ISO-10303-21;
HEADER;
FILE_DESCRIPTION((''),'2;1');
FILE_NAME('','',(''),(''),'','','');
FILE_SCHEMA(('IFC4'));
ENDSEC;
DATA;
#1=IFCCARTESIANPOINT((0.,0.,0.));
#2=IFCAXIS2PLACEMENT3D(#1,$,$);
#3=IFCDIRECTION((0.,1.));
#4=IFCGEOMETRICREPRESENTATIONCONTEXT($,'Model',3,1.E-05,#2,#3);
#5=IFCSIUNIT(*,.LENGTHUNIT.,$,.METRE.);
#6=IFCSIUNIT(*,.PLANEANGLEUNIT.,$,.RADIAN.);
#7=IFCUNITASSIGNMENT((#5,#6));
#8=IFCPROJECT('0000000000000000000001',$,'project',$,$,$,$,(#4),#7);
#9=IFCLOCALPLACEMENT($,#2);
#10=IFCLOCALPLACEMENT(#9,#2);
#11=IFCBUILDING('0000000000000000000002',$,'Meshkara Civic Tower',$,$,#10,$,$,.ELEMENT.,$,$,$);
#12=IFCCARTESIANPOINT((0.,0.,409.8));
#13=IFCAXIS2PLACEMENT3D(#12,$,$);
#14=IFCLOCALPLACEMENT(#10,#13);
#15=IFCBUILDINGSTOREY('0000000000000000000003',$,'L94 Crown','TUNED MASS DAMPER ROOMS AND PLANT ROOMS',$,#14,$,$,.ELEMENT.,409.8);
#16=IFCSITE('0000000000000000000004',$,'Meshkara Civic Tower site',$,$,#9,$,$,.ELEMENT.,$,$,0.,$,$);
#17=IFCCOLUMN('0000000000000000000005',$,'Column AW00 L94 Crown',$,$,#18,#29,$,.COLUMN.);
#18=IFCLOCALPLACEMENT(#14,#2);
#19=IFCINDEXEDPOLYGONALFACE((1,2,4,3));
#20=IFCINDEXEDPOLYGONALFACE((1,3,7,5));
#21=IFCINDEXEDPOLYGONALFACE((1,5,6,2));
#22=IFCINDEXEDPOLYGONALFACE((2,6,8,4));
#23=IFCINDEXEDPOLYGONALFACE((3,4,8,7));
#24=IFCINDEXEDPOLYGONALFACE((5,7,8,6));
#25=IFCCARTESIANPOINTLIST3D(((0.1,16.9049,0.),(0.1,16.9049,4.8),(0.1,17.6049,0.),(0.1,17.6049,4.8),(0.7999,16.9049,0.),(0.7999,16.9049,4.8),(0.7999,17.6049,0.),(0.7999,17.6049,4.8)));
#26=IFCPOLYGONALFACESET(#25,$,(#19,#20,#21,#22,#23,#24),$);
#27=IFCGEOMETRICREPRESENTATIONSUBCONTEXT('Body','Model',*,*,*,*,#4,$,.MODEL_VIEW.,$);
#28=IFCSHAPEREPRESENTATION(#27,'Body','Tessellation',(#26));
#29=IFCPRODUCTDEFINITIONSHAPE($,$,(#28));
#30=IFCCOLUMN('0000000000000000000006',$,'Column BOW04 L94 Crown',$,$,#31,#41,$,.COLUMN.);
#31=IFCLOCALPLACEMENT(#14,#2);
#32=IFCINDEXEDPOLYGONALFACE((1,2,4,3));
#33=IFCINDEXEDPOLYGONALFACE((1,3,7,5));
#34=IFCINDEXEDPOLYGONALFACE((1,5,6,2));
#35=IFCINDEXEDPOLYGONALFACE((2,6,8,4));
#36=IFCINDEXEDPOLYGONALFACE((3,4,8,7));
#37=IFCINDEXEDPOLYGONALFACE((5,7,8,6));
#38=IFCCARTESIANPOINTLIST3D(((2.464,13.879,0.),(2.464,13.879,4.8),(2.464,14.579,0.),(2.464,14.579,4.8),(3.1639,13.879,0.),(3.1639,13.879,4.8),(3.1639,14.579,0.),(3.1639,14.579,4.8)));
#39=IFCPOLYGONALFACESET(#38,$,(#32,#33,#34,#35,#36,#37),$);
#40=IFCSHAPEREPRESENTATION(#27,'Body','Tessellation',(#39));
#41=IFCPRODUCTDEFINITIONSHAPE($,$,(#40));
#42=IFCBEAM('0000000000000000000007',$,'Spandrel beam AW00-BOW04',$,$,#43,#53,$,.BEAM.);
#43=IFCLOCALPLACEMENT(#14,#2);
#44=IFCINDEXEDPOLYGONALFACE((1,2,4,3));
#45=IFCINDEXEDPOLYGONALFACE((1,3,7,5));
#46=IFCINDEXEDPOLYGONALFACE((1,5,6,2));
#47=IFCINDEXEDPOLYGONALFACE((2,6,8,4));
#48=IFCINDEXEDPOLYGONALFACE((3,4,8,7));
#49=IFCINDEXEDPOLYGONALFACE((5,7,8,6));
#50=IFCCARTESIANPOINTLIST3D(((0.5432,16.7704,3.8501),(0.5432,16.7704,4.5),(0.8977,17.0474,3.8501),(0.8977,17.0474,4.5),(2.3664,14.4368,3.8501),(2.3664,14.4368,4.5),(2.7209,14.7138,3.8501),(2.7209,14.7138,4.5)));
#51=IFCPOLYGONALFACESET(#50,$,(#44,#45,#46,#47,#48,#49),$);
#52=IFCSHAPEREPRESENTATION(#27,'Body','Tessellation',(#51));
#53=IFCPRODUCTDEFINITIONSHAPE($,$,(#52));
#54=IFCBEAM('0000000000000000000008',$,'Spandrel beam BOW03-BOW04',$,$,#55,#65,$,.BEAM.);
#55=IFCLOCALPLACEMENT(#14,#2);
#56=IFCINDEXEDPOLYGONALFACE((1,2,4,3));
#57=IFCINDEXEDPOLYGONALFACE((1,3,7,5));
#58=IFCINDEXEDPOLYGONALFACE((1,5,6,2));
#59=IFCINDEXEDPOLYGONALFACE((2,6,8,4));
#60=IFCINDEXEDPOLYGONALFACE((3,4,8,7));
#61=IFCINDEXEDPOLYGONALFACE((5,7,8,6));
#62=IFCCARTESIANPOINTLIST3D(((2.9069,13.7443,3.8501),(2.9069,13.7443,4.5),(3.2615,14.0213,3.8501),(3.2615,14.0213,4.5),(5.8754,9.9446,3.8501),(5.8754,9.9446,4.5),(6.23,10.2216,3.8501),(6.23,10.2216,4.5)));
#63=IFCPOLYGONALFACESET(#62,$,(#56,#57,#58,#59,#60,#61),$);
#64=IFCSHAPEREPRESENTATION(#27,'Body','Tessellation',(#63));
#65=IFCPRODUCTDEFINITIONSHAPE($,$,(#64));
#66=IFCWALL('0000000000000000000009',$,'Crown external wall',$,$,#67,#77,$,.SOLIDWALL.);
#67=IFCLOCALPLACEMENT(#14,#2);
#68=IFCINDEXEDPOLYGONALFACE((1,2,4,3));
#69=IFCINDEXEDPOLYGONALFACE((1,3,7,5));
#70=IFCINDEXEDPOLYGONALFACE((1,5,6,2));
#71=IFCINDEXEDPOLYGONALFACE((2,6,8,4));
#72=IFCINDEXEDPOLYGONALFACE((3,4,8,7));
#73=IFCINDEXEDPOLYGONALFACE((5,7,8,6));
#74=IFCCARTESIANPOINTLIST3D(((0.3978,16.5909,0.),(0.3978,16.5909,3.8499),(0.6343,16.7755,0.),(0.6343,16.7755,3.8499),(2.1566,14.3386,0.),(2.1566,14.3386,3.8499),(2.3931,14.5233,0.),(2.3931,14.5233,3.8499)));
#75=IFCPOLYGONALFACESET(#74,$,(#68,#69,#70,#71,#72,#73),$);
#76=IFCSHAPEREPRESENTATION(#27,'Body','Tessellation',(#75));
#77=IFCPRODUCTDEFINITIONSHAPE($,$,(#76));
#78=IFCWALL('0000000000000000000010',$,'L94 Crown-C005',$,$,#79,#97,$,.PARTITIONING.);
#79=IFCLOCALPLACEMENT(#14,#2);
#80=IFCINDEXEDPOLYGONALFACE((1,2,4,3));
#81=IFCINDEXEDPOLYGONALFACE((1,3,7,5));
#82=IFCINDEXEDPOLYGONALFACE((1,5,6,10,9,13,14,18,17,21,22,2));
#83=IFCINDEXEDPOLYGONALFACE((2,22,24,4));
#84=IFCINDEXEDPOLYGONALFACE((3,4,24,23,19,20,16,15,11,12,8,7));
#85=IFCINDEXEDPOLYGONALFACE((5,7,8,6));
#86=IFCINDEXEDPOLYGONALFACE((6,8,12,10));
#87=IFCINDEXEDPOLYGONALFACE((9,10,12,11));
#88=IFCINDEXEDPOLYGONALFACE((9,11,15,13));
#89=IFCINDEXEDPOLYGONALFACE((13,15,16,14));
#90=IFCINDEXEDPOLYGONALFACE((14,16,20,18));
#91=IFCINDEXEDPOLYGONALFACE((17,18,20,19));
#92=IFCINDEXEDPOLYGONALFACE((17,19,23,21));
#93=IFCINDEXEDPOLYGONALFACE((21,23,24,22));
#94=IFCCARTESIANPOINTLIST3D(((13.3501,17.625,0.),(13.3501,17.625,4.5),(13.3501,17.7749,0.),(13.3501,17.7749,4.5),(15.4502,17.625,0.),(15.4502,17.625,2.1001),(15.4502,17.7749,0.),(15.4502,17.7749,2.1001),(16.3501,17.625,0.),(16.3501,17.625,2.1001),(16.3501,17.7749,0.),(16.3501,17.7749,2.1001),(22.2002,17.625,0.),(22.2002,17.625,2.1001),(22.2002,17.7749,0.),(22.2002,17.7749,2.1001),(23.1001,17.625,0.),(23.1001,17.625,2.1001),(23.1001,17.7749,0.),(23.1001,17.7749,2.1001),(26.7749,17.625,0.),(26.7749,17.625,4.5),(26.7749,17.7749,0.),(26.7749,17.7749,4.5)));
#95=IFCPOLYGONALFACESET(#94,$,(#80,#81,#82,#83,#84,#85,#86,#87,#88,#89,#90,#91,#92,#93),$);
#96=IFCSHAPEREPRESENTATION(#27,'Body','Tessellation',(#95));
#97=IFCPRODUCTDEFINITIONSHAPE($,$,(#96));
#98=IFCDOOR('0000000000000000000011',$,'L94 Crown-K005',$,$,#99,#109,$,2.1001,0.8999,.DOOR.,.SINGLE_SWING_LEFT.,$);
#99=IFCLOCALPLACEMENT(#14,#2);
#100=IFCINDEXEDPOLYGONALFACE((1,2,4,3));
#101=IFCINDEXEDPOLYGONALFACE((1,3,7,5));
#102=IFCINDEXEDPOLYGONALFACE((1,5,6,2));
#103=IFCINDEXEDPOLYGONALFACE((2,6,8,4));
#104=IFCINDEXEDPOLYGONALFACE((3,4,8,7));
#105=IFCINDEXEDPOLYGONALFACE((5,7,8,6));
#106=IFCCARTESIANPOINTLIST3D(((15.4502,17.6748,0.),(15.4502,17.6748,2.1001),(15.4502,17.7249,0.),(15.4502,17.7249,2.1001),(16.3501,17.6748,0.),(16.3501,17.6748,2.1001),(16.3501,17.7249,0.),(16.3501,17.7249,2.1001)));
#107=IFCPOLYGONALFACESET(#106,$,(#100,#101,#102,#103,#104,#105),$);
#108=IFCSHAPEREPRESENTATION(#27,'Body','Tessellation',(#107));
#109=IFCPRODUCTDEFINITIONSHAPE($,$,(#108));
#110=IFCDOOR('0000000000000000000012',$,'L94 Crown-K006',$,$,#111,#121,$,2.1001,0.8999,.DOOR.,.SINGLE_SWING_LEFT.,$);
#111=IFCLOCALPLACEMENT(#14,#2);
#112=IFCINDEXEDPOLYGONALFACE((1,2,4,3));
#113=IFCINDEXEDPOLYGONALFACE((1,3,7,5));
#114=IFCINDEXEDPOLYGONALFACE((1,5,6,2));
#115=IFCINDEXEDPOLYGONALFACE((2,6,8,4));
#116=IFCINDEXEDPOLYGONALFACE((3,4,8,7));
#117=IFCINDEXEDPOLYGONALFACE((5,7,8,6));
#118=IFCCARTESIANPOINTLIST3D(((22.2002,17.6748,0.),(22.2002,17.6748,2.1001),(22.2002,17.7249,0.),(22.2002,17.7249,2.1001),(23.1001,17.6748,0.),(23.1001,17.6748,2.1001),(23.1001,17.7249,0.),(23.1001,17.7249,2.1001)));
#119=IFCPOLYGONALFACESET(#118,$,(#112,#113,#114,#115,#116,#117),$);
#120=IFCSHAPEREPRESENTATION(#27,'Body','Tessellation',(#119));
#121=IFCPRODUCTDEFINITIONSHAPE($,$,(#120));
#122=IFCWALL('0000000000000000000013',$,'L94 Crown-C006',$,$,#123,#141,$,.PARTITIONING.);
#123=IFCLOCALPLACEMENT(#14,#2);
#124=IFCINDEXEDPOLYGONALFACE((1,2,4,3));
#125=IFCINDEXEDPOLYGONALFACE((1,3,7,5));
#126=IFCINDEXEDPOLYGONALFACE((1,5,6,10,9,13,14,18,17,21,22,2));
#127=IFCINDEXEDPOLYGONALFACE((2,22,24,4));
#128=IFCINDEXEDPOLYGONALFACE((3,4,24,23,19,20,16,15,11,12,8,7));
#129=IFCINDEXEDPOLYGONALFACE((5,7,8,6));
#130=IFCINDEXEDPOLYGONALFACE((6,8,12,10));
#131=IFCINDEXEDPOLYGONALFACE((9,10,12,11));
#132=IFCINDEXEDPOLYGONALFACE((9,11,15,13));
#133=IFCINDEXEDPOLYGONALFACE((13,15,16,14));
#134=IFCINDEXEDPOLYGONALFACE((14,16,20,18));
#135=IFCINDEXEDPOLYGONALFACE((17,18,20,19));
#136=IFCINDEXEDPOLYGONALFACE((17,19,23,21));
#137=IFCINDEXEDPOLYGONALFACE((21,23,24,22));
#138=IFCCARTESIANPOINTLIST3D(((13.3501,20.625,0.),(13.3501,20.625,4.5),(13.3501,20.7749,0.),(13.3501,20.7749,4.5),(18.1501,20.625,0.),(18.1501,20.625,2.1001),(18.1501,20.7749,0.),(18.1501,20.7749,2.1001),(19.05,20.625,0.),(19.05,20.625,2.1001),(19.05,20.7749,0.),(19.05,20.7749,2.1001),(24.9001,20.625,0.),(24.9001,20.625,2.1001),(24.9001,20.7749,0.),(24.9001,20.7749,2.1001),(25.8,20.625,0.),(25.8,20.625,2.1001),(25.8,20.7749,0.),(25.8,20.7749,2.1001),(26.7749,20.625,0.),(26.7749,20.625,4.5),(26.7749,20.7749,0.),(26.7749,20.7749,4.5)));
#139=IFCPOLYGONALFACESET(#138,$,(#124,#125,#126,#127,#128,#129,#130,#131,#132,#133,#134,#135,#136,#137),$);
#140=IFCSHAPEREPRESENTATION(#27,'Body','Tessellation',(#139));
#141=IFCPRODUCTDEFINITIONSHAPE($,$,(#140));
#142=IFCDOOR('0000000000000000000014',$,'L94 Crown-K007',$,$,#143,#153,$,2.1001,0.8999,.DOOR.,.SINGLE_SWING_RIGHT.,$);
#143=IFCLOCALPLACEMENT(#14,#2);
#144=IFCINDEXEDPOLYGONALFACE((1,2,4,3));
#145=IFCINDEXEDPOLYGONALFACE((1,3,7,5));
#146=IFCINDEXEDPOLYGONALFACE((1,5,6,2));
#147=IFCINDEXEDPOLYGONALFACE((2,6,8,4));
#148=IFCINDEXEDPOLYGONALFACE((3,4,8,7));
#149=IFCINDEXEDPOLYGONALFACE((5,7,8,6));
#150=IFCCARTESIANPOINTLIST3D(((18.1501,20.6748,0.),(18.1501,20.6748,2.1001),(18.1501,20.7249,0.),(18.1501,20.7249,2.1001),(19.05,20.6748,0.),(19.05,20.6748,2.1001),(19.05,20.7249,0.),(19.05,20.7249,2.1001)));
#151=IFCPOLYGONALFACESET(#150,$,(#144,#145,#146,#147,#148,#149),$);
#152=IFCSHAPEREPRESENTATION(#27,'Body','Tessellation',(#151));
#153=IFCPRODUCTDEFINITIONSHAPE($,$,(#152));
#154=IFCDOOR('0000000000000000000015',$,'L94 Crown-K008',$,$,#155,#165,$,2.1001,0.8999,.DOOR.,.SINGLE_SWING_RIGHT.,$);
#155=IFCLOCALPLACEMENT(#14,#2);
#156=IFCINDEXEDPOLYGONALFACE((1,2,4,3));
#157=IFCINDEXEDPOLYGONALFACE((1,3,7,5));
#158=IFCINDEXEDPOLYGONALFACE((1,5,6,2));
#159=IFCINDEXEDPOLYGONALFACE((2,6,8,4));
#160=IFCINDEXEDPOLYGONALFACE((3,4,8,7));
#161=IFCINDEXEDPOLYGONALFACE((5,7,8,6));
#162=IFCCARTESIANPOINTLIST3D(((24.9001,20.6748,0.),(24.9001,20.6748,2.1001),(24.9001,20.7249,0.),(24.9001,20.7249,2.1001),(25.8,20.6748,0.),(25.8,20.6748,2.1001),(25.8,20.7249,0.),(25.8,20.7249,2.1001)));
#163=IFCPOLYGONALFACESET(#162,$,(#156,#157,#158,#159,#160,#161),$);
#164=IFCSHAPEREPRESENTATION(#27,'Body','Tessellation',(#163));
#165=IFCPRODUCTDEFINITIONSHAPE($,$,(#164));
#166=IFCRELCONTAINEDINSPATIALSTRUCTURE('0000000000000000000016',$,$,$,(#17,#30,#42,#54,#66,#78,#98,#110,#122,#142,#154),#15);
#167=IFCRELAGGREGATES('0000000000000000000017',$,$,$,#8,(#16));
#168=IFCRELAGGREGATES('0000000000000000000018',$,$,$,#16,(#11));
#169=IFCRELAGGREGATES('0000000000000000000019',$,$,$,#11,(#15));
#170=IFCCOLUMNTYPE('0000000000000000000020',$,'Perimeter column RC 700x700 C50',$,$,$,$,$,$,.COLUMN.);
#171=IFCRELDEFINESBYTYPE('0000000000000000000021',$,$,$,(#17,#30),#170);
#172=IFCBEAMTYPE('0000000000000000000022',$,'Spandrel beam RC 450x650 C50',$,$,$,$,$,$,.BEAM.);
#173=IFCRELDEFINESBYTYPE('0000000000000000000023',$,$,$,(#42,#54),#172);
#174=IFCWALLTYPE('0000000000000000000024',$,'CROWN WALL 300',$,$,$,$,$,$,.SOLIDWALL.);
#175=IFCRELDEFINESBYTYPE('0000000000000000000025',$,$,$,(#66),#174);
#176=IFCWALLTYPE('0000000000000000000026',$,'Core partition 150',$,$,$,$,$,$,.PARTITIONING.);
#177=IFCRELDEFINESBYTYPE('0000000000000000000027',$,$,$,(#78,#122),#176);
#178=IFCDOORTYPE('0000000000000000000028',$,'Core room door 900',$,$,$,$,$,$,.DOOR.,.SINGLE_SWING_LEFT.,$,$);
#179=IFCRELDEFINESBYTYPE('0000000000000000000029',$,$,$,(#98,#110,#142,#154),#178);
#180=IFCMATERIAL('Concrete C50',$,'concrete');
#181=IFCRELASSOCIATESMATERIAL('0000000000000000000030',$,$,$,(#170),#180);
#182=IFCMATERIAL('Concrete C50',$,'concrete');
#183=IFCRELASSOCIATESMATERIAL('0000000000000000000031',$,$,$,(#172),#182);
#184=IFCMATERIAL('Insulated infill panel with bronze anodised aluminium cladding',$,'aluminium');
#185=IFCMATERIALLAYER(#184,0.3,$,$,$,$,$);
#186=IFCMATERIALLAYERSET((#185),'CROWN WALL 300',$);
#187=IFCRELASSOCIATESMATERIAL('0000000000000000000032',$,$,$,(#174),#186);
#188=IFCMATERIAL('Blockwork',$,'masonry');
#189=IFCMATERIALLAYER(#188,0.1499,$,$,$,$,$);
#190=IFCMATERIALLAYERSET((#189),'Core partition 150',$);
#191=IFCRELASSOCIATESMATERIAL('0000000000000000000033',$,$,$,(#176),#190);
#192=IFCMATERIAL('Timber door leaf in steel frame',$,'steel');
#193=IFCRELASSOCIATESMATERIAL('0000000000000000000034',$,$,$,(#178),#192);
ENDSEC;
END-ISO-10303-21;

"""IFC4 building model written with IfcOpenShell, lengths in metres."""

from ifc_helpers import new_model, si_unit, direction, frame, frame_2d, origin, origin_2d, place, context, subcontext, project, spatial, rectangle, extrude, material, layer, layer_set, material_profile, profile_set, type_object, element, fill, save


model = new_model("IFC4")

# Units and contexts
model_context = context("Model", 3, precision=1e-05, world=origin(), true_north=direction((0.0, 1.0)))
body_context = subcontext(model_context, "Body", "Model", "MODEL_VIEW")
ifc_project = project(units=[si_unit("LENGTHUNIT", "METRE"), si_unit("PLANEANGLEUNIT", "RADIAN")], contexts=[model_context])

# Site, building, storey
site_placement = place(None, origin())
site = spatial("IfcSite", under=ifc_project, at=site_placement, Name="Meshkara Civic Tower site", CompositionType="ELEMENT", RefElevation=0.0)
building_placement = place(site_placement, origin())
building = spatial("IfcBuilding", under=site, at=building_placement, Name="Meshkara Civic Tower", CompositionType="ELEMENT")
storey_placement = place(building_placement, frame((0.0, 0.0, 409.8)))
storey = spatial("IfcBuildingStorey", under=building, at=storey_placement, Name="L94 Crown", Description="TUNED MASS DAMPER ROOMS AND PLANT ROOMS", CompositionType="ELEMENT", Elevation=409.8)

# Columns
ifc_material_1 = material(Name="Concrete C50", Category="concrete")
ifc_material_profile_1 = material_profile(ifc_material_1, rectangle(XDim=0.7, YDim=0.7, at=origin_2d()))
ifc_profile_set_1 = profile_set([ifc_material_profile_1], Name="Concrete C50")
column_type = type_object("IfcColumnType", Name="Perimeter column RC 700x700 C50", PredefinedType="COLUMN", material=ifc_profile_set_1)
for number, where, z_axis, x_axis, name in (
    (1, (0.45, 17.2549, 0.0), (0.0, 0.0, 1.0), (1.0, 0.0, 0.0), "Column AW00 L94 Crown"),
    (2, (2.814, 14.229, 0.0), (0.0, 0.0, 1.0), (1.0, 0.0, 0.0), "Column BOW04 L94 Crown"),
):
    element("IfcColumn", number, at=place(storey_placement, frame(where, z_axis=z_axis, x_axis=x_axis)), inside=storey, type_object=column_type, Name=name, PredefinedType="COLUMN", context=body_context, shape_type="SweptSolid", body=[
        extrude(rectangle(XDim=0.7, YDim=0.7, at=origin_2d()), origin(), (0.0, 0.0, 1.0), 4.8),
    ])

# Beams
ifc_material_2 = material(Name="Concrete C50", Category="concrete")
ifc_material_profile_2 = material_profile(ifc_material_2, rectangle(XDim=0.45, YDim=0.6499, at=origin_2d()))
ifc_profile_set_2 = profile_set([ifc_material_profile_2], Name="Concrete C50")
beam_type = type_object("IfcBeamType", Name="Spandrel beam RC 450x650 C50", PredefinedType="BEAM", material=ifc_profile_set_2)
beam_1_placement = place(storey_placement, frame((0.7205, 16.9089, 4.175), z_axis=(0.615646, -0.788023, 0.0), x_axis=(0.788023, 0.615646, 0.0)))
element("IfcBeam", 3, at=beam_1_placement, inside=storey, type_object=beam_type, Name="Spandrel beam AW00-BOW04", PredefinedType="BEAM", context=body_context, shape_type="SweptSolid", body=[
    extrude(rectangle(XDim=0.45, YDim=0.6499, at=origin_2d()), origin(), (0.0, 0.0, 1.0), 2.9614),
])
beam_2_placement = place(storey_placement, frame((3.0842, 13.8828, 4.175), z_axis=(0.615632, -0.788034, 0.0), x_axis=(0.788034, 0.615632, 0.0)))
element("IfcBeam", 4, at=beam_2_placement, inside=storey, type_object=beam_type, Name="Spandrel beam BOW03-BOW04", PredefinedType="BEAM", context=body_context, shape_type="SweptSolid", body=[
    extrude(rectangle(XDim=0.45, YDim=0.6499, at=origin_2d()), origin(), (0.0, 0.0, 1.0), 4.8218),
])

# Wall
ifc_material_3 = material(Name="Insulated infill panel with bronze anodised aluminium cladding", Category="aluminium")
ifc_layer_1 = layer(ifc_material_3, 0.3)
ifc_layer_set_1 = layer_set([ifc_layer_1], Name="CROWN WALL 300")
wall_type_1 = type_object("IfcWallType", Name="CROWN WALL 300", PredefinedType="SOLIDWALL", material=ifc_layer_set_1)
wall_1_placement = place(storey_placement, frame((0.5161, 16.6831, 0.0), z_axis=(0.0, 0.0, 1.0), x_axis=(0.615483, -0.78815, 0.0)))
element("IfcWall", 5, at=wall_1_placement, inside=storey, type_object=wall_type_1, Name="Crown external wall", PredefinedType="SOLIDWALL", context=body_context, shape_type="SweptSolid", body=[
    extrude(rectangle(XDim=2.8577, YDim=0.3, at=frame_2d((1.4287, 0.0))), origin(), (0.0, 0.0, 1.0), 3.8499),
])

# Walls, openings, doors
ifc_material_4 = material(Name="Blockwork", Category="masonry")
ifc_layer_2 = layer(ifc_material_4, 0.1499)
ifc_layer_set_2 = layer_set([ifc_layer_2], Name="Core partition 150")
wall_type_2 = type_object("IfcWallType", Name="Core partition 150", PredefinedType="PARTITIONING", material=ifc_layer_set_2)
wall_2_placement = place(storey_placement, frame((13.3501, 17.7, 0.0), z_axis=(0.0, 0.0, 1.0), x_axis=(1.0, 0.0, 0.0)))
wall_2 = element("IfcWall", 6, at=wall_2_placement, inside=storey, type_object=wall_type_2, Name="L94 Crown-C005", PredefinedType="PARTITIONING", context=body_context, shape_type="SweptSolid", body=[
    extrude(rectangle(XDim=13.4248, YDim=0.1499, at=frame_2d((6.7124, 0.0))), origin(), (0.0, 0.0, 1.0), 4.5),
])
opening_1_placement = place(wall_2_placement, frame((2.1001, 0.0, 0.0)))
opening_1 = element("IfcOpeningElement", 7, at=opening_1_placement, cuts=wall_2, PredefinedType="OPENING", context=body_context, shape_type="SweptSolid", body=[
    extrude(rectangle(XDim=0.8999, YDim=2.1001, at=frame_2d((0.45, 1.05))), frame((0.0, 0.085, 0.0), z_axis=(0.0, -1.0, 0.0), x_axis=(1.0, 0.0, 0.0)), (0.0, 0.0, 1.0), 0.1699),
])
opening_2_placement = place(wall_2_placement, frame((8.8501, 0.0, 0.0)))
opening_2 = element("IfcOpeningElement", 8, at=opening_2_placement, cuts=wall_2, PredefinedType="OPENING", context=body_context, shape_type="SweptSolid", body=[
    extrude(rectangle(XDim=0.8999, YDim=2.1001, at=frame_2d((0.45, 1.05))), frame((0.0, 0.085, 0.0), z_axis=(0.0, -1.0, 0.0), x_axis=(1.0, 0.0, 0.0)), (0.0, 0.0, 1.0), 0.1699),
])
ifc_material_5 = material(Name="Timber door leaf in steel frame", Category="steel")
door_type_1 = type_object("IfcDoorType", Name="Core room door 900", OperationType="SINGLE_SWING_LEFT", PredefinedType="DOOR", material=ifc_material_5)
door_1_placement = place(opening_1_placement, origin())
door_1 = element("IfcDoor", 9, at=door_1_placement, inside=storey, type_object=door_type_1, Name="L94 Crown-K005", OperationType="SINGLE_SWING_LEFT", OverallHeight=2.1001, OverallWidth=0.8999, PredefinedType="DOOR", context=body_context, shape_type="SweptSolid", body=[
    extrude(rectangle(XDim=0.8999, YDim=2.1001, at=frame_2d((0.45, 1.05))), frame((0.0, 0.0249, 0.0), z_axis=(0.0, -1.0, 0.0), x_axis=(1.0, 0.0, 0.0)), (0.0, 0.0, 1.0), 0.05),
])
fill(opening_1, door_1)
door_2_placement = place(opening_2_placement, origin())
door_2 = element("IfcDoor", 10, at=door_2_placement, inside=storey, type_object=door_type_1, Name="L94 Crown-K006", OperationType="SINGLE_SWING_LEFT", OverallHeight=2.1001, OverallWidth=0.8999, PredefinedType="DOOR", context=body_context, shape_type="SweptSolid", body=[
    extrude(rectangle(XDim=0.8999, YDim=2.1001, at=frame_2d((0.45, 1.05))), frame((0.0, 0.0249, 0.0), z_axis=(0.0, -1.0, 0.0), x_axis=(1.0, 0.0, 0.0)), (0.0, 0.0, 1.0), 0.05),
])
fill(opening_2, door_2)
wall_3_placement = place(storey_placement, frame((13.3501, 20.7, 0.0), z_axis=(0.0, 0.0, 1.0), x_axis=(1.0, 0.0, 0.0)))
wall_3 = element("IfcWall", 11, at=wall_3_placement, inside=storey, type_object=wall_type_2, Name="L94 Crown-C006", PredefinedType="PARTITIONING", context=body_context, shape_type="SweptSolid", body=[
    extrude(rectangle(XDim=13.4248, YDim=0.1499, at=frame_2d((6.7124, 0.0))), origin(), (0.0, 0.0, 1.0), 4.5),
])
opening_3_placement = place(wall_3_placement, frame((4.8, 0.0, 0.0)))
opening_3 = element("IfcOpeningElement", 12, at=opening_3_placement, cuts=wall_3, PredefinedType="OPENING", context=body_context, shape_type="SweptSolid", body=[
    extrude(rectangle(XDim=0.8999, YDim=2.1001, at=frame_2d((0.45, 1.05))), frame((0.0, 0.085, 0.0), z_axis=(0.0, -1.0, 0.0), x_axis=(1.0, 0.0, 0.0)), (0.0, 0.0, 1.0), 0.1699),
])
opening_4_placement = place(wall_3_placement, frame((11.55, 0.0, 0.0)))
opening_4 = element("IfcOpeningElement", 13, at=opening_4_placement, cuts=wall_3, PredefinedType="OPENING", context=body_context, shape_type="SweptSolid", body=[
    extrude(rectangle(XDim=0.8999, YDim=2.1001, at=frame_2d((0.45, 1.05))), frame((0.0, 0.085, 0.0), z_axis=(0.0, -1.0, 0.0), x_axis=(1.0, 0.0, 0.0)), (0.0, 0.0, 1.0), 0.1699),
])
door_3_placement = place(opening_3_placement, origin())
door_3 = element("IfcDoor", 14, at=door_3_placement, inside=storey, type_object=door_type_1, Name="L94 Crown-K007", OperationType="SINGLE_SWING_RIGHT", OverallHeight=2.1001, OverallWidth=0.8999, PredefinedType="DOOR", context=body_context, shape_type="SweptSolid", body=[
    extrude(rectangle(XDim=0.8999, YDim=2.1001, at=frame_2d((0.45, 1.05))), frame((0.0, 0.0249, 0.0), z_axis=(0.0, -1.0, 0.0), x_axis=(1.0, 0.0, 0.0)), (0.0, 0.0, 1.0), 0.05),
])
fill(opening_3, door_3)
door_4_placement = place(opening_4_placement, origin())
door_4 = element("IfcDoor", 15, at=door_4_placement, inside=storey, type_object=door_type_1, Name="L94 Crown-K008", OperationType="SINGLE_SWING_RIGHT", OverallHeight=2.1001, OverallWidth=0.8999, PredefinedType="DOOR", context=body_context, shape_type="SweptSolid", body=[
    extrude(rectangle(XDim=0.8999, YDim=2.1001, at=frame_2d((0.45, 1.05))), frame((0.0, 0.0249, 0.0), z_axis=(0.0, -1.0, 0.0), x_axis=(1.0, 0.0, 0.0)), (0.0, 0.0, 1.0), 0.05),
])
fill(opening_4, door_4)

save(model, "model.ifc")
